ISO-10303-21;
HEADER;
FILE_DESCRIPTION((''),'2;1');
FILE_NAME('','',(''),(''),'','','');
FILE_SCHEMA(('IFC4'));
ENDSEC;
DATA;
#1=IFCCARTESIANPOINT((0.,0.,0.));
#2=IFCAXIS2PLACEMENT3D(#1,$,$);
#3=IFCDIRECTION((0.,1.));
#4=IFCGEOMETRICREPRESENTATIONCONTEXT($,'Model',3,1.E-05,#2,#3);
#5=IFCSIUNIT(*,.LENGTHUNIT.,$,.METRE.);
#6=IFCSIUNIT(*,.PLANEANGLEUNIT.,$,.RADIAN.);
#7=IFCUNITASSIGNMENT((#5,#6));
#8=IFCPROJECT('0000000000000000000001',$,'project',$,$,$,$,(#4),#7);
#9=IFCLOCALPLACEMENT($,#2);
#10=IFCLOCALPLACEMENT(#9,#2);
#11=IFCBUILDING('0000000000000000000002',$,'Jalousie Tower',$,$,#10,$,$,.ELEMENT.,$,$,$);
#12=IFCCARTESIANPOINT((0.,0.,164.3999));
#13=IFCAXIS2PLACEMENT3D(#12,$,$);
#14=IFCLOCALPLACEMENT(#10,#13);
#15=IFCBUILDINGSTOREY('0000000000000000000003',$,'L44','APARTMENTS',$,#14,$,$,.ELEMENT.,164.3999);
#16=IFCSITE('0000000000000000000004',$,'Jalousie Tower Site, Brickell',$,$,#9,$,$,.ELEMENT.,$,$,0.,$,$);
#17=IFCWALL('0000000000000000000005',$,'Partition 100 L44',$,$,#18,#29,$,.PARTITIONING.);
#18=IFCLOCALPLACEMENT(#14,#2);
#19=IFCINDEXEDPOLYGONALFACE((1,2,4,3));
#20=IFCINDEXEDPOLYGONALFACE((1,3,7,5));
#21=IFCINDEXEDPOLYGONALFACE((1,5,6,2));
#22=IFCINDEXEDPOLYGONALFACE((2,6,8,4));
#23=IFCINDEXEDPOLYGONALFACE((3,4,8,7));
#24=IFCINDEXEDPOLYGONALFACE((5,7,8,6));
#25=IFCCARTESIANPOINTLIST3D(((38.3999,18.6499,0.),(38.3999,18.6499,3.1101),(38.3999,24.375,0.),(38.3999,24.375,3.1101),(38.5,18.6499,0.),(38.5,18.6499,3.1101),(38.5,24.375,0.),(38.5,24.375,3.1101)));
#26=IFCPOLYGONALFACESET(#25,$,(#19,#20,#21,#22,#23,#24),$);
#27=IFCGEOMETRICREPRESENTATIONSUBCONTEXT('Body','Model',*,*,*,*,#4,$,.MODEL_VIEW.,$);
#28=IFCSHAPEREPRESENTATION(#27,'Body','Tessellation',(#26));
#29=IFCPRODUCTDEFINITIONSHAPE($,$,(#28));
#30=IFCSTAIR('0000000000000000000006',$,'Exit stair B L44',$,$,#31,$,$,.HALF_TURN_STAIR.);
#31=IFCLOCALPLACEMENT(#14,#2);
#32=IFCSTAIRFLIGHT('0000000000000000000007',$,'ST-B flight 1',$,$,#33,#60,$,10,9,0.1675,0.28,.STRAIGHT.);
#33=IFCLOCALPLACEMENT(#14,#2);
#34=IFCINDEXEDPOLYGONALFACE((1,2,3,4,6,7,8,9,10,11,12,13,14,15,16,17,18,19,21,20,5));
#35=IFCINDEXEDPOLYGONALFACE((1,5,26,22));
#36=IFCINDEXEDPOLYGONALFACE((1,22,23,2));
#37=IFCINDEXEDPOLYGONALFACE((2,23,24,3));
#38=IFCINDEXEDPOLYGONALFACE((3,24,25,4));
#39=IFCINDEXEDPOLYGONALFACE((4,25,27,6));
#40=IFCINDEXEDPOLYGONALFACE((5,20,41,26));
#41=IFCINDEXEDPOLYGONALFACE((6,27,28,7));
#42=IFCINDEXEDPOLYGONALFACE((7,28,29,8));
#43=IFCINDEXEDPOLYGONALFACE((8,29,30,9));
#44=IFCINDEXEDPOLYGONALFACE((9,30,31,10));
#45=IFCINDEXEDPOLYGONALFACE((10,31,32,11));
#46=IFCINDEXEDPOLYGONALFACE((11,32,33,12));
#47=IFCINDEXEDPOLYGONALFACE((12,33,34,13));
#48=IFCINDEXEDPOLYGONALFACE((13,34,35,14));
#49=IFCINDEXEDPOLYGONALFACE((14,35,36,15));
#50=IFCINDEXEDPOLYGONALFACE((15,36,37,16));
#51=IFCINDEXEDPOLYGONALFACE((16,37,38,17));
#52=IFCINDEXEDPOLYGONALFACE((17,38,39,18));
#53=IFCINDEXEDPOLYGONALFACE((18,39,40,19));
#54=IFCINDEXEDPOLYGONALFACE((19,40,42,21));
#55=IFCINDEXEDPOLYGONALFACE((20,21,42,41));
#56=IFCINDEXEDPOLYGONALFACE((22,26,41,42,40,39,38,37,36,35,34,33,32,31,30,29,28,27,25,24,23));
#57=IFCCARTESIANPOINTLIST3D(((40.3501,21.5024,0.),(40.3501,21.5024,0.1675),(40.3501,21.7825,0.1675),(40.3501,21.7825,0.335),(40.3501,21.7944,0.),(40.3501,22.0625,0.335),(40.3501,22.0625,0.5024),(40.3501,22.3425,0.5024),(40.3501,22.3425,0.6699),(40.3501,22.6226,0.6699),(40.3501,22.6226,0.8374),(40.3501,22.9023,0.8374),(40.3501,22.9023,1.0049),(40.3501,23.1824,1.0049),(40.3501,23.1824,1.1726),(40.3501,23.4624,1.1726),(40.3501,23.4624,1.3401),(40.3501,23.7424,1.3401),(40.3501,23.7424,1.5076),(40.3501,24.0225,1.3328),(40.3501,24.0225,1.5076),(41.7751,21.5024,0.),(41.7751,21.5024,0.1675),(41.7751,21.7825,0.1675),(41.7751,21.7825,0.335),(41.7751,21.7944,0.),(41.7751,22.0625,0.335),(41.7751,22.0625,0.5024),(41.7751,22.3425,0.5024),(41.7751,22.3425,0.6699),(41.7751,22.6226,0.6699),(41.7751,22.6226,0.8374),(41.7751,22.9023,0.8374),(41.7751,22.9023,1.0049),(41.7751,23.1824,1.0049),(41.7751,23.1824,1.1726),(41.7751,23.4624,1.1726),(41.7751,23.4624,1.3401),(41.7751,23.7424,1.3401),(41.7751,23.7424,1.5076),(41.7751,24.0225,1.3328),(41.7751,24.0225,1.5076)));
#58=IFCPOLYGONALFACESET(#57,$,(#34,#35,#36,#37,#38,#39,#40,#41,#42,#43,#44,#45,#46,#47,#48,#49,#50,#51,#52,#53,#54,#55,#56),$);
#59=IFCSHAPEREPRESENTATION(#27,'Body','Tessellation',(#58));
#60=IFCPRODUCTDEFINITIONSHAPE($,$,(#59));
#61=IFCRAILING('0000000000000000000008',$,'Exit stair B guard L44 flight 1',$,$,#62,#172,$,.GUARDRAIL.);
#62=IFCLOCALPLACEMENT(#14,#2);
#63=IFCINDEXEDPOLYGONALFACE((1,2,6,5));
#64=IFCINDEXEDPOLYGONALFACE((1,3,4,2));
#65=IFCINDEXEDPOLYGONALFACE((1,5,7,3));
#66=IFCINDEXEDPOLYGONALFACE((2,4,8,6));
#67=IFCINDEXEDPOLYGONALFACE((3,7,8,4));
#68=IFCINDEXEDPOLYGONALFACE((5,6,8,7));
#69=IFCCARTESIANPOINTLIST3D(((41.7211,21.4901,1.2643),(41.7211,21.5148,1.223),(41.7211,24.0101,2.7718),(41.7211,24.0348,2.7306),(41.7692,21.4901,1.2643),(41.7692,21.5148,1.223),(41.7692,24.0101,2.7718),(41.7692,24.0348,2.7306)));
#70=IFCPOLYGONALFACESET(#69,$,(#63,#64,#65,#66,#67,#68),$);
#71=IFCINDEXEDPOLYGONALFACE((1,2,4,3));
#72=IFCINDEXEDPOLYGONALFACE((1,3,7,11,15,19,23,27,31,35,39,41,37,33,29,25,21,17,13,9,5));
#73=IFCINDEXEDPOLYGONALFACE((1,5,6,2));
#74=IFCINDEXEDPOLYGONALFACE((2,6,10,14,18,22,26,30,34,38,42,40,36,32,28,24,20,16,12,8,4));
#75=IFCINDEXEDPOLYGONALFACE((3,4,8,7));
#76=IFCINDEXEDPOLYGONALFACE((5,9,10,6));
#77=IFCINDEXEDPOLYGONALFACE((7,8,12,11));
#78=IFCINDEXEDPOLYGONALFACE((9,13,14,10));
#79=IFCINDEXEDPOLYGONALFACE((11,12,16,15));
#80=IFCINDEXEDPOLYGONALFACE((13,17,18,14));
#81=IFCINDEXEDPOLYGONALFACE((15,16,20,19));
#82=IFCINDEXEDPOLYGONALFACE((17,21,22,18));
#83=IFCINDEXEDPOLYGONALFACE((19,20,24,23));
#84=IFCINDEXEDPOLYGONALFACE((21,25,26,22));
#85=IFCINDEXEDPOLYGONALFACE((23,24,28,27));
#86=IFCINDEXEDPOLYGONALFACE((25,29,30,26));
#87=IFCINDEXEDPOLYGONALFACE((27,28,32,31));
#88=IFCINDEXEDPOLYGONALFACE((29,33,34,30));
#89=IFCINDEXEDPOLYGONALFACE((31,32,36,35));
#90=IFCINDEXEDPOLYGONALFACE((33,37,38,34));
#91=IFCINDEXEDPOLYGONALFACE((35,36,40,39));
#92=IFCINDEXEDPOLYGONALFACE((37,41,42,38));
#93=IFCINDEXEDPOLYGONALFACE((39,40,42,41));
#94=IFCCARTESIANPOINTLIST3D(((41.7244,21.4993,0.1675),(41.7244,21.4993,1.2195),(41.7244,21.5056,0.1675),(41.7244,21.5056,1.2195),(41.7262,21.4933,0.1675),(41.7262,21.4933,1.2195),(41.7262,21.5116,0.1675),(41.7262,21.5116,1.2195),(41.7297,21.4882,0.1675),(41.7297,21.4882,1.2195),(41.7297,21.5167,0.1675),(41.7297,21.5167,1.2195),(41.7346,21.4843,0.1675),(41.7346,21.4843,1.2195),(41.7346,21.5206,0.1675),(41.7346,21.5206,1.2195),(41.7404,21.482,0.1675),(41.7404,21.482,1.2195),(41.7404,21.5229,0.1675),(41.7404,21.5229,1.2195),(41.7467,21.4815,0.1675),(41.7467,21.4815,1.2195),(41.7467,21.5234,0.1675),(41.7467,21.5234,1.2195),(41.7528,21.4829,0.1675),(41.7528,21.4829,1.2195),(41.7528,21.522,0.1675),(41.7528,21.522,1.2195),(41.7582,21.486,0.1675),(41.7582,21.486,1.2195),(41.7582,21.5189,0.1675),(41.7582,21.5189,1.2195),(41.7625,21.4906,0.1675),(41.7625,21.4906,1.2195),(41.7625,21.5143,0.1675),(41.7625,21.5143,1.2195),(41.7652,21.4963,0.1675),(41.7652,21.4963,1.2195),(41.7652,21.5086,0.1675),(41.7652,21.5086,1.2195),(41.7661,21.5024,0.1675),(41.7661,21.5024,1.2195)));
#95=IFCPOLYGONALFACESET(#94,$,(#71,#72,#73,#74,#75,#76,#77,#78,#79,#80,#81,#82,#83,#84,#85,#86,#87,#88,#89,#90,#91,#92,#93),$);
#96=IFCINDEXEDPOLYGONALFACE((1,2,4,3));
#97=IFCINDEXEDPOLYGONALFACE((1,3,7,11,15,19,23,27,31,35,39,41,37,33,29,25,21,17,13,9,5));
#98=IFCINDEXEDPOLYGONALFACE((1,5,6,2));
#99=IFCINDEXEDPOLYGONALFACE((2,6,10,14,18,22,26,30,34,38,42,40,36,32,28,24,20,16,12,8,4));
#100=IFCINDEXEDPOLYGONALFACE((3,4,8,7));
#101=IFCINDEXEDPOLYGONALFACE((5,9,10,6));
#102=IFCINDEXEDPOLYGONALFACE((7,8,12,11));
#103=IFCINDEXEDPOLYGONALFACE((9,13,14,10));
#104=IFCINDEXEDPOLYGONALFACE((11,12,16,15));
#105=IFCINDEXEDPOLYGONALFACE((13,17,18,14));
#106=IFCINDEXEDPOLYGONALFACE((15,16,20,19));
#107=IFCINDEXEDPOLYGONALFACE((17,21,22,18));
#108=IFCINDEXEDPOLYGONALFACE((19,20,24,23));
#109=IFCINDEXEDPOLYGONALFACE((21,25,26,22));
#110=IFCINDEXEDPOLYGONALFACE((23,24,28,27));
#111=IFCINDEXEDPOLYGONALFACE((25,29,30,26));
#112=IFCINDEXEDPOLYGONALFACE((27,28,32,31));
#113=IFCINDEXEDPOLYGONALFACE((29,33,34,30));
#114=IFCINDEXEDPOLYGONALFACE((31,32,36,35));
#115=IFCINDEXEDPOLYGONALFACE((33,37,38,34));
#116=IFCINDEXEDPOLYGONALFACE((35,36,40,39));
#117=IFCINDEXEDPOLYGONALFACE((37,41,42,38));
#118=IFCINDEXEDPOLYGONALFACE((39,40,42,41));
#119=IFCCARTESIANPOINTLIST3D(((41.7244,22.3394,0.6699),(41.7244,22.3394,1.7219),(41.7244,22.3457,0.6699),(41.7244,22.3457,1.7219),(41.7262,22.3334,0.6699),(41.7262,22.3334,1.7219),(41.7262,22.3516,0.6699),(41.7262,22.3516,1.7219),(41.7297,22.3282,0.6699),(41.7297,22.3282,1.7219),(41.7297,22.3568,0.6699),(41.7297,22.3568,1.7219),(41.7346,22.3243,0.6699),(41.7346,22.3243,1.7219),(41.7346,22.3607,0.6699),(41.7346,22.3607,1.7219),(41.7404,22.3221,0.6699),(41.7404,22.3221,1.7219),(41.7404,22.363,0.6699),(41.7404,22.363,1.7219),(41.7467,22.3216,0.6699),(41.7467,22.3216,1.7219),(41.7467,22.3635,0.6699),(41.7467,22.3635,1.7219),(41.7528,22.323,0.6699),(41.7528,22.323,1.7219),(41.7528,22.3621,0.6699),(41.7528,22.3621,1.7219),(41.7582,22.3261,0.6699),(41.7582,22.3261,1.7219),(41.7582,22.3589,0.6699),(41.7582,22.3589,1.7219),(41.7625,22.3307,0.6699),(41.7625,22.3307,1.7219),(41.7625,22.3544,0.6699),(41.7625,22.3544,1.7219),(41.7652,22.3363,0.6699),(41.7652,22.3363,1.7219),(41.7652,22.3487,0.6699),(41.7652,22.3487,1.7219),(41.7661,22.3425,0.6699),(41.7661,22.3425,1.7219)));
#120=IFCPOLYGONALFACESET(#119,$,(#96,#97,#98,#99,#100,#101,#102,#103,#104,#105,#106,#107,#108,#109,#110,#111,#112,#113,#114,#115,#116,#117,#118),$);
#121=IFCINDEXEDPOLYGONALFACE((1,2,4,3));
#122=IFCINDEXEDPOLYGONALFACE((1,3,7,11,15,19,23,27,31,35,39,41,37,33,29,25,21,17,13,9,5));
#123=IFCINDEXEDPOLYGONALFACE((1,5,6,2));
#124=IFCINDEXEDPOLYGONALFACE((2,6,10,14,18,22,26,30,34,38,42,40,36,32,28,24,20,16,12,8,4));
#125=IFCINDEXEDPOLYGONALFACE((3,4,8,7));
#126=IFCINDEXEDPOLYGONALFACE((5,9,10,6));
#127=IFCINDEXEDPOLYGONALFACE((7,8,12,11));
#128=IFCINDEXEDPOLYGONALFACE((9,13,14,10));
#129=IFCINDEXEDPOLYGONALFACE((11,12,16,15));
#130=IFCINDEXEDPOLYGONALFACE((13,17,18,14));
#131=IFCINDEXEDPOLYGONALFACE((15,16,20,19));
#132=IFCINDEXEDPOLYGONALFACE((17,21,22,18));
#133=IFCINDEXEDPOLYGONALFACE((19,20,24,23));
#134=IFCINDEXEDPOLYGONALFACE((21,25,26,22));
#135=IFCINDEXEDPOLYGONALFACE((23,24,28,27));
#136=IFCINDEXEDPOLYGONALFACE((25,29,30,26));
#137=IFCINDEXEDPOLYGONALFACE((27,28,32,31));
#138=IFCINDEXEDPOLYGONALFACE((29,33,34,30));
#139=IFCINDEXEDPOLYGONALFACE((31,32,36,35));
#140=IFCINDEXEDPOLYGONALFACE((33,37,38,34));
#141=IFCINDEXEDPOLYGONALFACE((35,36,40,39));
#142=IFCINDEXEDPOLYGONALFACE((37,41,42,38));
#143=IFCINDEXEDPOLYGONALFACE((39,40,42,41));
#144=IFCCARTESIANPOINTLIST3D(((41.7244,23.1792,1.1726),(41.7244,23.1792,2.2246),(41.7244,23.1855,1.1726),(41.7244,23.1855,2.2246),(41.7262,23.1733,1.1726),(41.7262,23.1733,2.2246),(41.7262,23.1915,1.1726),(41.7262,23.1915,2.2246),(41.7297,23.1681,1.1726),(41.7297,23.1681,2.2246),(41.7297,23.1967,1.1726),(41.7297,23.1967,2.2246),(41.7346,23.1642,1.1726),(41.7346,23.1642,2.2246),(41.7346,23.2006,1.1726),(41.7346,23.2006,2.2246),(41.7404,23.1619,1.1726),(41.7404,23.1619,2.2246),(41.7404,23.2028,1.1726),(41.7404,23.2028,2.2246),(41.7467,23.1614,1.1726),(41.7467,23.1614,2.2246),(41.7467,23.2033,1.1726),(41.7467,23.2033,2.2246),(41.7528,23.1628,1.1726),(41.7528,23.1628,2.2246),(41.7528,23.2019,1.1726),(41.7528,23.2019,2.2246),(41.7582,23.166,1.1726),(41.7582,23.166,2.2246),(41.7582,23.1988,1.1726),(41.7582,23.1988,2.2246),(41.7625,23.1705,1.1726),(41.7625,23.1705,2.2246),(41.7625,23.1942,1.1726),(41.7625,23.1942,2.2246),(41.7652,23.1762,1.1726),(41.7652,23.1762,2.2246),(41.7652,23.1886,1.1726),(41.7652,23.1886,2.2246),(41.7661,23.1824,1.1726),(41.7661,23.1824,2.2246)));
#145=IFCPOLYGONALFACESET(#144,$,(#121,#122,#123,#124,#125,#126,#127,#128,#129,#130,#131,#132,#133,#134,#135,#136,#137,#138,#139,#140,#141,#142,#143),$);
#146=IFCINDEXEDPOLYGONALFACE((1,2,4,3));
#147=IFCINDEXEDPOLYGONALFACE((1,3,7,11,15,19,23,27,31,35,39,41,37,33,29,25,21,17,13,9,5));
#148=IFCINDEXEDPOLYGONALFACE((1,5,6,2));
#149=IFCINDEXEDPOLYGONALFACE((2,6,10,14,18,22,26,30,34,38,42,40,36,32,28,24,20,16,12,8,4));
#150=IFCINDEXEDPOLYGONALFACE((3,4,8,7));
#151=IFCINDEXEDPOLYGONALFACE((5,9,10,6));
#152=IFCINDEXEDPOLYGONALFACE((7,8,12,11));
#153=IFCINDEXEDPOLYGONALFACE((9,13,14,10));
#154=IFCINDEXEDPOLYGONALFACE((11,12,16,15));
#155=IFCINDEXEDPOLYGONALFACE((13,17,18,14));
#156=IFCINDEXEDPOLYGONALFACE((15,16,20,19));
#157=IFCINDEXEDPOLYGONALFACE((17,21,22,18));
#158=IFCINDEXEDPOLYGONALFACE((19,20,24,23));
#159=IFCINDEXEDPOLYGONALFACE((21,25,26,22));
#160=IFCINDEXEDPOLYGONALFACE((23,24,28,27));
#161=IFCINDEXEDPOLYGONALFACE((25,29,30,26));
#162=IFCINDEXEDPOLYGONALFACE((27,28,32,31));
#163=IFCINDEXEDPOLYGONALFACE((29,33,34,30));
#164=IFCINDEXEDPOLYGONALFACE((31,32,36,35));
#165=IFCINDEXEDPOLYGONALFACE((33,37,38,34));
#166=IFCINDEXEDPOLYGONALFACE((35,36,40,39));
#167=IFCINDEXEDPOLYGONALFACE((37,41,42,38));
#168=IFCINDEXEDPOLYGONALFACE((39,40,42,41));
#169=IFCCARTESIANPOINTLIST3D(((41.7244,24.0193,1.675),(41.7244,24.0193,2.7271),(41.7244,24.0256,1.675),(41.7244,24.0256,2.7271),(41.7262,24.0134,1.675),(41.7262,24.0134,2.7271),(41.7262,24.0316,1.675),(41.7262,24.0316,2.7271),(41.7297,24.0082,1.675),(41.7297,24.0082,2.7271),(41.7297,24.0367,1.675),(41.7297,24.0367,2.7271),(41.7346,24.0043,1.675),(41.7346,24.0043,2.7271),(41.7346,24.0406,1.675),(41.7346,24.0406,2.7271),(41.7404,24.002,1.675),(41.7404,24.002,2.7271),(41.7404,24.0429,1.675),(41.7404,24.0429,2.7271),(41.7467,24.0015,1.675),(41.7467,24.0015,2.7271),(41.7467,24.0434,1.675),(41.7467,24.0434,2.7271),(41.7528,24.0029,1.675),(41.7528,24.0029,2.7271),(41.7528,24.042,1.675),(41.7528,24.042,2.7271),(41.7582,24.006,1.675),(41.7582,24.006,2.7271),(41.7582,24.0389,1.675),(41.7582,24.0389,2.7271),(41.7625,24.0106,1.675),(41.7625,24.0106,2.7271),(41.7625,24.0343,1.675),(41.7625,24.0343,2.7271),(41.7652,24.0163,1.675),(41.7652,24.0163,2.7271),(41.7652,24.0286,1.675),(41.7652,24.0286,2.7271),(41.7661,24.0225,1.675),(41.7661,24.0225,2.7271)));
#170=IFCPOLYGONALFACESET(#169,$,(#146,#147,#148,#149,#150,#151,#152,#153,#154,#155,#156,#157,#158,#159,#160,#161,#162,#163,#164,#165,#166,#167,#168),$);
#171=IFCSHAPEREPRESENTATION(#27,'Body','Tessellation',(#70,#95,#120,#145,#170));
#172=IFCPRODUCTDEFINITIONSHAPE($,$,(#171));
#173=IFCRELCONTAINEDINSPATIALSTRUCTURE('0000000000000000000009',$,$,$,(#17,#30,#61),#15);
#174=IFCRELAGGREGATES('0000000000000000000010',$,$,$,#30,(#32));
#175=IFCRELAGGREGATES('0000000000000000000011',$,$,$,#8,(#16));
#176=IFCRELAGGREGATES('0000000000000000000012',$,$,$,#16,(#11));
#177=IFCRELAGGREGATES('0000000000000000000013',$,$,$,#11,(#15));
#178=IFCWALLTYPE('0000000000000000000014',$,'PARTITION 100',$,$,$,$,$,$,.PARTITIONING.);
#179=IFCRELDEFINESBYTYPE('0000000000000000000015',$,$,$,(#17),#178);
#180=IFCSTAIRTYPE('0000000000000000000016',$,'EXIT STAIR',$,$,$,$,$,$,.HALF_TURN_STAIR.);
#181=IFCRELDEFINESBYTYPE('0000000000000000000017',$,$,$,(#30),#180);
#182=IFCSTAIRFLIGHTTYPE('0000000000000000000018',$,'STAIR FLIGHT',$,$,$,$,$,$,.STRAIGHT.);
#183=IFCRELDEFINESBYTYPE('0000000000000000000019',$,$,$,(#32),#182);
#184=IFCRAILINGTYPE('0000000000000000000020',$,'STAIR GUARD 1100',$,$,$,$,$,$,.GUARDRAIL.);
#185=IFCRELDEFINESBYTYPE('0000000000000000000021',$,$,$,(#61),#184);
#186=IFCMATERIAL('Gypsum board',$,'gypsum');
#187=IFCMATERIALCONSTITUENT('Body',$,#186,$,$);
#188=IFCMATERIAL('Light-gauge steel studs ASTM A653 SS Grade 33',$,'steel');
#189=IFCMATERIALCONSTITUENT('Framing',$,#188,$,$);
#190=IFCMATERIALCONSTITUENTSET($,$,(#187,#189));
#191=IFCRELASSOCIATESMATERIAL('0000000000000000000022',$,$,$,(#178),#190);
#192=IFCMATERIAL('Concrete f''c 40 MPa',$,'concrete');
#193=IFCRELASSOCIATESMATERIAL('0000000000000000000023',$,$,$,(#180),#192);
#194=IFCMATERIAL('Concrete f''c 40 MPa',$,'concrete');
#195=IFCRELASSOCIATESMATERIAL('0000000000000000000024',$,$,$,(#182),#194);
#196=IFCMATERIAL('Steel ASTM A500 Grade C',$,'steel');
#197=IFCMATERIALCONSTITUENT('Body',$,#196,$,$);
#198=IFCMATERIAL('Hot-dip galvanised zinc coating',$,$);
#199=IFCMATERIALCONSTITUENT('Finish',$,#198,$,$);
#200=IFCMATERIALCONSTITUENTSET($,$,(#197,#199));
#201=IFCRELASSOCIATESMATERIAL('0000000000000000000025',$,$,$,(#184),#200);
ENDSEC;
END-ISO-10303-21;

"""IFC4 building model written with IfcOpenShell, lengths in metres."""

from ifc_helpers import new_model, si_unit, direction, frame, frame_2d, origin, origin_2d, place, context, subcontext, project, spatial, polyline, rectangle, circle, outline, extrude, material, constituent, constituent_set, type_object, element, aggregate, save


model = new_model("IFC4")

# Units and contexts
model_context = context("Model", 3, precision=1e-05, world=origin(), true_north=direction((0.0, 1.0)))
body_context = subcontext(model_context, "Body", "Model", "MODEL_VIEW")
ifc_project = project(units=[si_unit("LENGTHUNIT", "METRE"), si_unit("PLANEANGLEUNIT", "RADIAN")], contexts=[model_context])

# Site, building, storey
site_placement = place(None, origin())
site = spatial("IfcSite", under=ifc_project, at=site_placement, Name="Jalousie Tower Site, Brickell", CompositionType="ELEMENT", RefElevation=0.0)
building_placement = place(site_placement, origin())
building = spatial("IfcBuilding", under=site, at=building_placement, Name="Jalousie Tower", CompositionType="ELEMENT")
storey_placement = place(building_placement, frame((0.0, 0.0, 164.3999)))
storey = spatial("IfcBuildingStorey", under=building, at=storey_placement, Name="L44", Description="APARTMENTS", CompositionType="ELEMENT", Elevation=164.3999)

# Wall
ifc_material_1 = material(Name="Gypsum board", Category="gypsum")
ifc_constituent_1 = constituent(ifc_material_1, Name="Body")
ifc_material_2 = material(Name="Light-gauge steel studs ASTM A653 SS Grade 33", Category="steel")
ifc_constituent_2 = constituent(ifc_material_2, Name="Framing")
ifc_constituent_set_1 = constituent_set(constituents=[ifc_constituent_1, ifc_constituent_2])
wall_type_1 = type_object("IfcWallType", Name="PARTITION 100", PredefinedType="PARTITIONING", material=ifc_constituent_set_1)
wall_1_placement = place(storey_placement, frame((38.45, 18.6499, 0.0), z_axis=(0.0, 0.0, 1.0), x_axis=(0.0, 1.0, 0.0)))
element("IfcWall", 1, at=wall_1_placement, inside=storey, type_object=wall_type_1, Name="Partition 100 L44", PredefinedType="PARTITIONING", context=body_context, shape_type="SweptSolid", body=[
    extrude(rectangle(XDim=5.7251, YDim=0.1001, at=frame_2d((2.8625, 0.0))), origin(), (0.0, 0.0, 1.0), 3.1101),
])

# Stair, stair flight
ifc_material_3 = material(Name="Concrete f'c 40 MPa", Category="concrete")
stair_type = type_object("IfcStairType", Name="EXIT STAIR", PredefinedType="HALF_TURN_STAIR", material=ifc_material_3)
stair_placement = place(storey_placement, origin())
stair = element("IfcStair", 2, at=stair_placement, inside=storey, type_object=stair_type, Name="Exit stair B L44", PredefinedType="HALF_TURN_STAIR")
ifc_material_4 = material(Name="Concrete f'c 40 MPa", Category="concrete")
stair_flight_type = type_object("IfcStairFlightType", Name="STAIR FLIGHT", PredefinedType="STRAIGHT", material=ifc_material_4)
stair_flight_placement = place(storey_placement, frame((41.0625, 21.5024, 0.0), z_axis=(0.0, 0.0, 1.0), x_axis=(0.0, 1.0, 0.0)))
stair_flight = element("IfcStairFlight", 3, at=stair_flight_placement, type_object=stair_flight_type, Name="ST-B flight 1", NumberOfRisers=10, NumberOfTreads=9, PredefinedType="STRAIGHT", RiserHeight=0.1675, TreadLength=0.28, context=body_context, shape_type="SweptSolid", body=[
    extrude(outline(polyline([(0.0, 0.0), (0.0, 0.1675), (0.28, 0.1675), (0.28, 0.335), (0.5601, 0.335), (0.5601, 0.5024), (0.8401, 0.5024), (0.8401, 0.6699), (1.1201, 0.6699), (1.1201, 0.8374), (1.3999, 0.8374), (1.3999, 1.0049), (1.6799, 1.0049), (1.6799, 1.1726), (1.96, 1.1726), (1.96, 1.3401), (2.24, 1.3401), (2.24, 1.5076), (2.52, 1.5076), (2.52, 1.675), (2.52, 1.3328), (0.292, 0.0), (0.0, 0.0)])), frame((0.0, 0.7124, 0.0), z_axis=(0.0, -1.0, 0.0), x_axis=(1.0, 0.0, 0.0)), (0.0, 0.0, 1.0), 1.425),
])
aggregate(stair, [stair_flight])

# Railing
ifc_material_5 = material(Name="Steel ASTM A500 Grade C", Category="steel")
ifc_constituent_3 = constituent(ifc_material_5, Name="Body")
ifc_material_6 = material(Name="Hot-dip galvanised zinc coating")
ifc_constituent_4 = constituent(ifc_material_6, Name="Finish")
ifc_constituent_set_2 = constituent_set(constituents=[ifc_constituent_3, ifc_constituent_4])
railing_type_1 = type_object("IfcRailingType", Name="STAIR GUARD 1100", PredefinedType="GUARDRAIL", material=ifc_constituent_set_2)
railing_1_placement = place(storey_placement, frame((41.7451, 21.5024, 0.1675)))
element("IfcRailing", 4, at=railing_1_placement, inside=storey, type_object=railing_type_1, Name="Exit stair B guard L44 flight 1", PredefinedType="GUARDRAIL", context=body_context, shape_type="SweptSolid", body=[
    extrude(rectangle(XDim=0.0481, YDim=0.0481, at=origin_2d()), frame((0.0, 0.0, 1.0762), z_axis=(0.0, 0.85816, 0.513383), x_axis=(-1.0, 0.0, 0.0)), (0.0, 0.0, 1.0), 2.9365),
    extrude(circle(Radius=0.021, at=origin_2d()), origin(), (0.0, 0.0, 1.0), 1.052),
    extrude(circle(Radius=0.021, at=origin_2d()), frame((0.0, 0.8401, 0.5024)), (0.0, 0.0, 1.0), 1.052),
    extrude(circle(Radius=0.021, at=origin_2d()), frame((0.0, 1.6799, 1.0051)), (0.0, 0.0, 1.0), 1.052),
    extrude(circle(Radius=0.021, at=origin_2d()), frame((0.0, 2.52, 1.5076)), (0.0, 0.0, 1.0), 1.052),
])

save(model, "model.ifc")
